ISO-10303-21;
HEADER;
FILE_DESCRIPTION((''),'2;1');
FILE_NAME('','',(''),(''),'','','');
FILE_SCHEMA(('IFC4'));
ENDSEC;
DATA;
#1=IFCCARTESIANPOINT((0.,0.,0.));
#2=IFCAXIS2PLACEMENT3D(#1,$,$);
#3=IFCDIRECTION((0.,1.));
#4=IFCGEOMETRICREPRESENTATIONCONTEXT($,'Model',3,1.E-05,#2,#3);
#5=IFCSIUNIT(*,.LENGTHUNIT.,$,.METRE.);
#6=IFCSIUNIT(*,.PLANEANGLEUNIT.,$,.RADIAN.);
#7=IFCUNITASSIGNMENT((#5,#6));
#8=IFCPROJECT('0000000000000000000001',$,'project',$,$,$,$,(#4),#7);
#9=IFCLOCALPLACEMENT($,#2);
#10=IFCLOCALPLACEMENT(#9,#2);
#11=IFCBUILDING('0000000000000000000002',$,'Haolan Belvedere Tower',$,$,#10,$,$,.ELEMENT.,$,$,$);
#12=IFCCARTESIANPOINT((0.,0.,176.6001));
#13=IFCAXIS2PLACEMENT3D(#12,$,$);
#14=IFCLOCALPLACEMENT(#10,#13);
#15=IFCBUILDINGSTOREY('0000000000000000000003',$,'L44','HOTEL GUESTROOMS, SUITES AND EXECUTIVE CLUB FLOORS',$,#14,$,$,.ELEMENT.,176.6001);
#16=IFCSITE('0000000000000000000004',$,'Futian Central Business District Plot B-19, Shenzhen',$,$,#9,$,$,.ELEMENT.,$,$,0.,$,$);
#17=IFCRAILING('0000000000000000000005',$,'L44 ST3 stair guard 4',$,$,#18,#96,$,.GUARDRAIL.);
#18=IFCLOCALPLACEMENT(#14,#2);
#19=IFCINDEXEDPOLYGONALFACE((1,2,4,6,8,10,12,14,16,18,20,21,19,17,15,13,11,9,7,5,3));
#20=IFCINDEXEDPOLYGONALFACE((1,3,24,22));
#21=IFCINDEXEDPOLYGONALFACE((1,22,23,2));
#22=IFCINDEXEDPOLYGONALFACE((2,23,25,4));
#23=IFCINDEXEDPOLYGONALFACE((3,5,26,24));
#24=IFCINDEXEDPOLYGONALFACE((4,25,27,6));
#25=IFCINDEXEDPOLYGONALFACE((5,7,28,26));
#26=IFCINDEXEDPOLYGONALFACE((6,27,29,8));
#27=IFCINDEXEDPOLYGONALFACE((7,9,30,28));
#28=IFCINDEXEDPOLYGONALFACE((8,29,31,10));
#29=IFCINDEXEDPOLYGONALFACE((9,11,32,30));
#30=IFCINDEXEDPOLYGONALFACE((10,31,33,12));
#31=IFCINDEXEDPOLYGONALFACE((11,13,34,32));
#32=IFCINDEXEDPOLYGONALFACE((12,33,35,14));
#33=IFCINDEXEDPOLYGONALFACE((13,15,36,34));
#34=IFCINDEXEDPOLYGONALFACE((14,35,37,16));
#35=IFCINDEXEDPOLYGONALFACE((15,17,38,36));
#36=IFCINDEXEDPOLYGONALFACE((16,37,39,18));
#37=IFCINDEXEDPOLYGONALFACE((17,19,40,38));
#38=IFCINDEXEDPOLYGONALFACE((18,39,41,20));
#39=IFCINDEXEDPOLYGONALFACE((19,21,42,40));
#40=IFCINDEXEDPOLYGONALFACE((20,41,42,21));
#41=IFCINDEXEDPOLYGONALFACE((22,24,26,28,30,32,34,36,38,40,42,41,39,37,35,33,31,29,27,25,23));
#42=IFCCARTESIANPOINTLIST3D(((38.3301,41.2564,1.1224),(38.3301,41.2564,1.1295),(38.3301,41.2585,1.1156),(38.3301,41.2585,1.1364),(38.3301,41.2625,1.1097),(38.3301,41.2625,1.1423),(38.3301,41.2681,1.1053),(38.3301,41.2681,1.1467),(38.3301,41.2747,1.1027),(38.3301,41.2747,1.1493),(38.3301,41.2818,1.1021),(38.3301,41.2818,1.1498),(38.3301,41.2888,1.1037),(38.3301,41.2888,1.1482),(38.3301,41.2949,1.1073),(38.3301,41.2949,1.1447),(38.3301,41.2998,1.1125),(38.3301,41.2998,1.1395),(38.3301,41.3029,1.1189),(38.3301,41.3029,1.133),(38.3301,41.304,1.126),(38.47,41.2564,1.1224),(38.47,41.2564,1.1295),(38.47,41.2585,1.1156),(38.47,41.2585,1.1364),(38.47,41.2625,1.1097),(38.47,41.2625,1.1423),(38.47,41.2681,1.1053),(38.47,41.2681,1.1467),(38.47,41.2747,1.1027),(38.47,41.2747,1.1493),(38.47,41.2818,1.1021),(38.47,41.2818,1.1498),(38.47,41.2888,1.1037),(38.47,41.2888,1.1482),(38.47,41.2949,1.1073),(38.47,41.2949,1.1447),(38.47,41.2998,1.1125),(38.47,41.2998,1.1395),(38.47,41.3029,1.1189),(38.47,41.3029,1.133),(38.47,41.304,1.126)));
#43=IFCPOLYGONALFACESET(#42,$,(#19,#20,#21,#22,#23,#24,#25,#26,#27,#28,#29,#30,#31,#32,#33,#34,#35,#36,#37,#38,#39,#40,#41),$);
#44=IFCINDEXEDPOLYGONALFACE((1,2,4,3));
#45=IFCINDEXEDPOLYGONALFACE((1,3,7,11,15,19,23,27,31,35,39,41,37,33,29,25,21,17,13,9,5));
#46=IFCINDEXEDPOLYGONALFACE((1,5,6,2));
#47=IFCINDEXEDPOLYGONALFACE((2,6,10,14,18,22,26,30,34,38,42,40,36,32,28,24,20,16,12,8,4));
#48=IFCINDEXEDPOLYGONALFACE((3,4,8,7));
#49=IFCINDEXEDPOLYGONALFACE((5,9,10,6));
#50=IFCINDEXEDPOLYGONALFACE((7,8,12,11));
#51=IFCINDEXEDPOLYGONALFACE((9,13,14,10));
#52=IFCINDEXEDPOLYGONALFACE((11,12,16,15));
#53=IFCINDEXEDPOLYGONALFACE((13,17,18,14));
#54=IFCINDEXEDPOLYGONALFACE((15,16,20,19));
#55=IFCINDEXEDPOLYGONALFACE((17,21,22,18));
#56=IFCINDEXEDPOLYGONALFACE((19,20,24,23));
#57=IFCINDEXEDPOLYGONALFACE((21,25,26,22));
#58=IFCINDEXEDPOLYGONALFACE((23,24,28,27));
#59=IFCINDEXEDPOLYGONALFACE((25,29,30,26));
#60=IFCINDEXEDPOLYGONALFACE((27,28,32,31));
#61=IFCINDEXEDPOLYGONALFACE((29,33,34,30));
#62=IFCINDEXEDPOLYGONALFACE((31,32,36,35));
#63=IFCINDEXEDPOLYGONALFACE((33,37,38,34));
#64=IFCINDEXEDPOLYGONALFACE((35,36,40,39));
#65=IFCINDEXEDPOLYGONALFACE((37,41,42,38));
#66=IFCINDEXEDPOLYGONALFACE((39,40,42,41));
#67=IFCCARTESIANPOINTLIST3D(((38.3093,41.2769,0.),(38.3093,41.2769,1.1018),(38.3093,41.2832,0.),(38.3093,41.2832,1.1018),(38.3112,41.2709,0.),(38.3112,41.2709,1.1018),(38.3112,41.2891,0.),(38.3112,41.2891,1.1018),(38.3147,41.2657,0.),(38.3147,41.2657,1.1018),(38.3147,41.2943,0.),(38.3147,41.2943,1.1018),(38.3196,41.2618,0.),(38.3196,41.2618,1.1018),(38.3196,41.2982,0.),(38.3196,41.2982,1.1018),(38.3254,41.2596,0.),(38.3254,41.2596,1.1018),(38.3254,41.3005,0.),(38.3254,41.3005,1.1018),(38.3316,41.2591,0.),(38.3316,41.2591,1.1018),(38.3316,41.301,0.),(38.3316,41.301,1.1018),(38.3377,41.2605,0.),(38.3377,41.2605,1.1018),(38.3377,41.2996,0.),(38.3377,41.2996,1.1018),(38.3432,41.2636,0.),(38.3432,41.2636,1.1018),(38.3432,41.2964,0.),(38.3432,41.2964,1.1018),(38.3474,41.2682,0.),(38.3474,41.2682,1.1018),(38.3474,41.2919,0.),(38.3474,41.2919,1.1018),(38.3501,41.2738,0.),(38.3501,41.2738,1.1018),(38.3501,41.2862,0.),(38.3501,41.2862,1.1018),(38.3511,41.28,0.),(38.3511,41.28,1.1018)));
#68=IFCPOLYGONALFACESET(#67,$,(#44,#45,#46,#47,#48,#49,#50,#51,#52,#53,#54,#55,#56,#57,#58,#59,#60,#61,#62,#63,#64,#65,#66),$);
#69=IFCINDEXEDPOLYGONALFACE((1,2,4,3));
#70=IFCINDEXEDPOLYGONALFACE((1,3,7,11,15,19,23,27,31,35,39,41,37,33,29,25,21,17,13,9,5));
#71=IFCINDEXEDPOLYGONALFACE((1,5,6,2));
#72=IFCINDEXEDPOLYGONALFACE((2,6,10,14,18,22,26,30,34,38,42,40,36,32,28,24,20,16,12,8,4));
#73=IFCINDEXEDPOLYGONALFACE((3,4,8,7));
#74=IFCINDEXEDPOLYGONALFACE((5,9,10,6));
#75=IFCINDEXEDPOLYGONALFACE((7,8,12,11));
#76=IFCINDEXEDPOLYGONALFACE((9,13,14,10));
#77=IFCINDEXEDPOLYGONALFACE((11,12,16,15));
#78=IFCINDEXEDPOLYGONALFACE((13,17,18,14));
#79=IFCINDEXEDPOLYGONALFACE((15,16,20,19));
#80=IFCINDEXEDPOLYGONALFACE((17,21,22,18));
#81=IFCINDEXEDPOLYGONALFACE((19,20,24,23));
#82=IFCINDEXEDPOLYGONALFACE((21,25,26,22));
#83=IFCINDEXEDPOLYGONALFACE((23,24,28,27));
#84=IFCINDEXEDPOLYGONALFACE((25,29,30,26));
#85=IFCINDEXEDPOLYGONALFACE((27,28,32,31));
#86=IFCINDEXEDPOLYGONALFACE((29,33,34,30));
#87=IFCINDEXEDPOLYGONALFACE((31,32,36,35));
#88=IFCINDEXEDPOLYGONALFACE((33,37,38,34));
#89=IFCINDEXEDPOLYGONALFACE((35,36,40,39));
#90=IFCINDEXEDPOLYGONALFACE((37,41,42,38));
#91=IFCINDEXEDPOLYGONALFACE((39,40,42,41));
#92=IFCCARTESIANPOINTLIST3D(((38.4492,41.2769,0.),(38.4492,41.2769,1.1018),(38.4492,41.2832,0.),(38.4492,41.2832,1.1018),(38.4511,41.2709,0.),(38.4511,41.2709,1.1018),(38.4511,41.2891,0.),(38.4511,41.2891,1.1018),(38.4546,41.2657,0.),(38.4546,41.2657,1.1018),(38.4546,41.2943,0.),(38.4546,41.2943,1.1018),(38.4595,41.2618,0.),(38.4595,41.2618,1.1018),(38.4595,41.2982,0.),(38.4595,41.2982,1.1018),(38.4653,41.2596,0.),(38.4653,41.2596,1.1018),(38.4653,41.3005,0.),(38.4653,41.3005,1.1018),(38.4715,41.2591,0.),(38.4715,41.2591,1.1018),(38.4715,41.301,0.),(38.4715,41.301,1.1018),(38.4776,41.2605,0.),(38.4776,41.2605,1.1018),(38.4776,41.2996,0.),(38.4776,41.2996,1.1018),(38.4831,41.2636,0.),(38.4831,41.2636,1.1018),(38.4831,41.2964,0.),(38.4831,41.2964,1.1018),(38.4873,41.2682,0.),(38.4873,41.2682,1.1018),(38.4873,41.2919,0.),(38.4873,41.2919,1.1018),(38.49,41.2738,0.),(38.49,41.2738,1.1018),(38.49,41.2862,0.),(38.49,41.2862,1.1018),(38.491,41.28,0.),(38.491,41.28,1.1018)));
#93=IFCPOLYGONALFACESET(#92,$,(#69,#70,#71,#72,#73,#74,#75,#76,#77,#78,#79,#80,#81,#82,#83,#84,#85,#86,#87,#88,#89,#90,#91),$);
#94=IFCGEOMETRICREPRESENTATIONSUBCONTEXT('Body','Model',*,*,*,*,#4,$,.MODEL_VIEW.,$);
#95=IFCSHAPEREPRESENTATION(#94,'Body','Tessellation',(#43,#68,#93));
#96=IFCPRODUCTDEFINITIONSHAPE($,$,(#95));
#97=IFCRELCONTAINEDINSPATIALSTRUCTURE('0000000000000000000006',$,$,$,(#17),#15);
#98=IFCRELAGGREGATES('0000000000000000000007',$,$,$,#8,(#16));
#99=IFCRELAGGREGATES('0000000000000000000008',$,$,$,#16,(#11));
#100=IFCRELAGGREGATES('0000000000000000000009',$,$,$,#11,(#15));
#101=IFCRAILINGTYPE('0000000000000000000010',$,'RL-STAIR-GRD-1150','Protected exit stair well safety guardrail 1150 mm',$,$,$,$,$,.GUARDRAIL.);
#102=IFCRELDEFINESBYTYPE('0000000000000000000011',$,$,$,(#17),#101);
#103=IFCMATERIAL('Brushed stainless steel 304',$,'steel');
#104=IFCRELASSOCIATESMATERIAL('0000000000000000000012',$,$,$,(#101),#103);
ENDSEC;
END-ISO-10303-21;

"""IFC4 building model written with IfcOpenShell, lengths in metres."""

from ifc_helpers import new_model, si_unit, direction, frame, origin, origin_2d, place, context, subcontext, project, spatial, circle, extrude, material, type_object, element, save


model = new_model("IFC4")

# Units and contexts
model_context = context("Model", 3, precision=1e-05, world=origin(), true_north=direction((0.0, 1.0)))
body_context = subcontext(model_context, "Body", "Model", "MODEL_VIEW")
ifc_project = project(units=[si_unit("LENGTHUNIT", "METRE"), si_unit("PLANEANGLEUNIT", "RADIAN")], contexts=[model_context])

# Site, building, storey
site_placement = place(None, origin())
site = spatial("IfcSite", under=ifc_project, at=site_placement, Name="Futian Central Business District Plot B-19, Shenzhen", CompositionType="ELEMENT", RefElevation=0.0)
building_placement = place(site_placement, origin())
building = spatial("IfcBuilding", under=site, at=building_placement, Name="Haolan Belvedere Tower", CompositionType="ELEMENT")
storey_placement = place(building_placement, frame((0.0, 0.0, 176.6001)))
storey = spatial("IfcBuildingStorey", under=building, at=storey_placement, Name="L44", Description="HOTEL GUESTROOMS, SUITES AND EXECUTIVE CLUB FLOORS", CompositionType="ELEMENT", Elevation=176.6001)

# Railing
ifc_material_1 = material(Name="Brushed stainless steel 304", Category="steel")
railing_type_1 = type_object("IfcRailingType", Name="RL-STAIR-GRD-1150", Description="Protected exit stair well safety guardrail 1150 mm", PredefinedType="GUARDRAIL", material=ifc_material_1)
railing_1_placement = place(storey_placement, frame((38.3301, 41.28, 0.0)))
element("IfcRailing", 1, at=railing_1_placement, inside=storey, type_object=railing_type_1, Name="L44 ST3 stair guard 4", PredefinedType="GUARDRAIL", context=body_context, shape_type="SweptSolid", body=[
    extrude(circle(Radius=0.0239, at=origin_2d()), frame((0.0, 0.0, 1.126), z_axis=(1.0, 0.0, 0.0), x_axis=(0.0, 1.0, 0.0)), (0.0, 0.0, 1.0), 0.1399),
    extrude(circle(Radius=0.021, at=origin_2d()), origin(), (0.0, 0.0, 1.0), 1.1018),
    extrude(circle(Radius=0.021, at=origin_2d()), frame((0.1399, 0.0, 0.0)), (0.0, 0.0, 1.0), 1.1018),
])

save(model, "model.ifc")
